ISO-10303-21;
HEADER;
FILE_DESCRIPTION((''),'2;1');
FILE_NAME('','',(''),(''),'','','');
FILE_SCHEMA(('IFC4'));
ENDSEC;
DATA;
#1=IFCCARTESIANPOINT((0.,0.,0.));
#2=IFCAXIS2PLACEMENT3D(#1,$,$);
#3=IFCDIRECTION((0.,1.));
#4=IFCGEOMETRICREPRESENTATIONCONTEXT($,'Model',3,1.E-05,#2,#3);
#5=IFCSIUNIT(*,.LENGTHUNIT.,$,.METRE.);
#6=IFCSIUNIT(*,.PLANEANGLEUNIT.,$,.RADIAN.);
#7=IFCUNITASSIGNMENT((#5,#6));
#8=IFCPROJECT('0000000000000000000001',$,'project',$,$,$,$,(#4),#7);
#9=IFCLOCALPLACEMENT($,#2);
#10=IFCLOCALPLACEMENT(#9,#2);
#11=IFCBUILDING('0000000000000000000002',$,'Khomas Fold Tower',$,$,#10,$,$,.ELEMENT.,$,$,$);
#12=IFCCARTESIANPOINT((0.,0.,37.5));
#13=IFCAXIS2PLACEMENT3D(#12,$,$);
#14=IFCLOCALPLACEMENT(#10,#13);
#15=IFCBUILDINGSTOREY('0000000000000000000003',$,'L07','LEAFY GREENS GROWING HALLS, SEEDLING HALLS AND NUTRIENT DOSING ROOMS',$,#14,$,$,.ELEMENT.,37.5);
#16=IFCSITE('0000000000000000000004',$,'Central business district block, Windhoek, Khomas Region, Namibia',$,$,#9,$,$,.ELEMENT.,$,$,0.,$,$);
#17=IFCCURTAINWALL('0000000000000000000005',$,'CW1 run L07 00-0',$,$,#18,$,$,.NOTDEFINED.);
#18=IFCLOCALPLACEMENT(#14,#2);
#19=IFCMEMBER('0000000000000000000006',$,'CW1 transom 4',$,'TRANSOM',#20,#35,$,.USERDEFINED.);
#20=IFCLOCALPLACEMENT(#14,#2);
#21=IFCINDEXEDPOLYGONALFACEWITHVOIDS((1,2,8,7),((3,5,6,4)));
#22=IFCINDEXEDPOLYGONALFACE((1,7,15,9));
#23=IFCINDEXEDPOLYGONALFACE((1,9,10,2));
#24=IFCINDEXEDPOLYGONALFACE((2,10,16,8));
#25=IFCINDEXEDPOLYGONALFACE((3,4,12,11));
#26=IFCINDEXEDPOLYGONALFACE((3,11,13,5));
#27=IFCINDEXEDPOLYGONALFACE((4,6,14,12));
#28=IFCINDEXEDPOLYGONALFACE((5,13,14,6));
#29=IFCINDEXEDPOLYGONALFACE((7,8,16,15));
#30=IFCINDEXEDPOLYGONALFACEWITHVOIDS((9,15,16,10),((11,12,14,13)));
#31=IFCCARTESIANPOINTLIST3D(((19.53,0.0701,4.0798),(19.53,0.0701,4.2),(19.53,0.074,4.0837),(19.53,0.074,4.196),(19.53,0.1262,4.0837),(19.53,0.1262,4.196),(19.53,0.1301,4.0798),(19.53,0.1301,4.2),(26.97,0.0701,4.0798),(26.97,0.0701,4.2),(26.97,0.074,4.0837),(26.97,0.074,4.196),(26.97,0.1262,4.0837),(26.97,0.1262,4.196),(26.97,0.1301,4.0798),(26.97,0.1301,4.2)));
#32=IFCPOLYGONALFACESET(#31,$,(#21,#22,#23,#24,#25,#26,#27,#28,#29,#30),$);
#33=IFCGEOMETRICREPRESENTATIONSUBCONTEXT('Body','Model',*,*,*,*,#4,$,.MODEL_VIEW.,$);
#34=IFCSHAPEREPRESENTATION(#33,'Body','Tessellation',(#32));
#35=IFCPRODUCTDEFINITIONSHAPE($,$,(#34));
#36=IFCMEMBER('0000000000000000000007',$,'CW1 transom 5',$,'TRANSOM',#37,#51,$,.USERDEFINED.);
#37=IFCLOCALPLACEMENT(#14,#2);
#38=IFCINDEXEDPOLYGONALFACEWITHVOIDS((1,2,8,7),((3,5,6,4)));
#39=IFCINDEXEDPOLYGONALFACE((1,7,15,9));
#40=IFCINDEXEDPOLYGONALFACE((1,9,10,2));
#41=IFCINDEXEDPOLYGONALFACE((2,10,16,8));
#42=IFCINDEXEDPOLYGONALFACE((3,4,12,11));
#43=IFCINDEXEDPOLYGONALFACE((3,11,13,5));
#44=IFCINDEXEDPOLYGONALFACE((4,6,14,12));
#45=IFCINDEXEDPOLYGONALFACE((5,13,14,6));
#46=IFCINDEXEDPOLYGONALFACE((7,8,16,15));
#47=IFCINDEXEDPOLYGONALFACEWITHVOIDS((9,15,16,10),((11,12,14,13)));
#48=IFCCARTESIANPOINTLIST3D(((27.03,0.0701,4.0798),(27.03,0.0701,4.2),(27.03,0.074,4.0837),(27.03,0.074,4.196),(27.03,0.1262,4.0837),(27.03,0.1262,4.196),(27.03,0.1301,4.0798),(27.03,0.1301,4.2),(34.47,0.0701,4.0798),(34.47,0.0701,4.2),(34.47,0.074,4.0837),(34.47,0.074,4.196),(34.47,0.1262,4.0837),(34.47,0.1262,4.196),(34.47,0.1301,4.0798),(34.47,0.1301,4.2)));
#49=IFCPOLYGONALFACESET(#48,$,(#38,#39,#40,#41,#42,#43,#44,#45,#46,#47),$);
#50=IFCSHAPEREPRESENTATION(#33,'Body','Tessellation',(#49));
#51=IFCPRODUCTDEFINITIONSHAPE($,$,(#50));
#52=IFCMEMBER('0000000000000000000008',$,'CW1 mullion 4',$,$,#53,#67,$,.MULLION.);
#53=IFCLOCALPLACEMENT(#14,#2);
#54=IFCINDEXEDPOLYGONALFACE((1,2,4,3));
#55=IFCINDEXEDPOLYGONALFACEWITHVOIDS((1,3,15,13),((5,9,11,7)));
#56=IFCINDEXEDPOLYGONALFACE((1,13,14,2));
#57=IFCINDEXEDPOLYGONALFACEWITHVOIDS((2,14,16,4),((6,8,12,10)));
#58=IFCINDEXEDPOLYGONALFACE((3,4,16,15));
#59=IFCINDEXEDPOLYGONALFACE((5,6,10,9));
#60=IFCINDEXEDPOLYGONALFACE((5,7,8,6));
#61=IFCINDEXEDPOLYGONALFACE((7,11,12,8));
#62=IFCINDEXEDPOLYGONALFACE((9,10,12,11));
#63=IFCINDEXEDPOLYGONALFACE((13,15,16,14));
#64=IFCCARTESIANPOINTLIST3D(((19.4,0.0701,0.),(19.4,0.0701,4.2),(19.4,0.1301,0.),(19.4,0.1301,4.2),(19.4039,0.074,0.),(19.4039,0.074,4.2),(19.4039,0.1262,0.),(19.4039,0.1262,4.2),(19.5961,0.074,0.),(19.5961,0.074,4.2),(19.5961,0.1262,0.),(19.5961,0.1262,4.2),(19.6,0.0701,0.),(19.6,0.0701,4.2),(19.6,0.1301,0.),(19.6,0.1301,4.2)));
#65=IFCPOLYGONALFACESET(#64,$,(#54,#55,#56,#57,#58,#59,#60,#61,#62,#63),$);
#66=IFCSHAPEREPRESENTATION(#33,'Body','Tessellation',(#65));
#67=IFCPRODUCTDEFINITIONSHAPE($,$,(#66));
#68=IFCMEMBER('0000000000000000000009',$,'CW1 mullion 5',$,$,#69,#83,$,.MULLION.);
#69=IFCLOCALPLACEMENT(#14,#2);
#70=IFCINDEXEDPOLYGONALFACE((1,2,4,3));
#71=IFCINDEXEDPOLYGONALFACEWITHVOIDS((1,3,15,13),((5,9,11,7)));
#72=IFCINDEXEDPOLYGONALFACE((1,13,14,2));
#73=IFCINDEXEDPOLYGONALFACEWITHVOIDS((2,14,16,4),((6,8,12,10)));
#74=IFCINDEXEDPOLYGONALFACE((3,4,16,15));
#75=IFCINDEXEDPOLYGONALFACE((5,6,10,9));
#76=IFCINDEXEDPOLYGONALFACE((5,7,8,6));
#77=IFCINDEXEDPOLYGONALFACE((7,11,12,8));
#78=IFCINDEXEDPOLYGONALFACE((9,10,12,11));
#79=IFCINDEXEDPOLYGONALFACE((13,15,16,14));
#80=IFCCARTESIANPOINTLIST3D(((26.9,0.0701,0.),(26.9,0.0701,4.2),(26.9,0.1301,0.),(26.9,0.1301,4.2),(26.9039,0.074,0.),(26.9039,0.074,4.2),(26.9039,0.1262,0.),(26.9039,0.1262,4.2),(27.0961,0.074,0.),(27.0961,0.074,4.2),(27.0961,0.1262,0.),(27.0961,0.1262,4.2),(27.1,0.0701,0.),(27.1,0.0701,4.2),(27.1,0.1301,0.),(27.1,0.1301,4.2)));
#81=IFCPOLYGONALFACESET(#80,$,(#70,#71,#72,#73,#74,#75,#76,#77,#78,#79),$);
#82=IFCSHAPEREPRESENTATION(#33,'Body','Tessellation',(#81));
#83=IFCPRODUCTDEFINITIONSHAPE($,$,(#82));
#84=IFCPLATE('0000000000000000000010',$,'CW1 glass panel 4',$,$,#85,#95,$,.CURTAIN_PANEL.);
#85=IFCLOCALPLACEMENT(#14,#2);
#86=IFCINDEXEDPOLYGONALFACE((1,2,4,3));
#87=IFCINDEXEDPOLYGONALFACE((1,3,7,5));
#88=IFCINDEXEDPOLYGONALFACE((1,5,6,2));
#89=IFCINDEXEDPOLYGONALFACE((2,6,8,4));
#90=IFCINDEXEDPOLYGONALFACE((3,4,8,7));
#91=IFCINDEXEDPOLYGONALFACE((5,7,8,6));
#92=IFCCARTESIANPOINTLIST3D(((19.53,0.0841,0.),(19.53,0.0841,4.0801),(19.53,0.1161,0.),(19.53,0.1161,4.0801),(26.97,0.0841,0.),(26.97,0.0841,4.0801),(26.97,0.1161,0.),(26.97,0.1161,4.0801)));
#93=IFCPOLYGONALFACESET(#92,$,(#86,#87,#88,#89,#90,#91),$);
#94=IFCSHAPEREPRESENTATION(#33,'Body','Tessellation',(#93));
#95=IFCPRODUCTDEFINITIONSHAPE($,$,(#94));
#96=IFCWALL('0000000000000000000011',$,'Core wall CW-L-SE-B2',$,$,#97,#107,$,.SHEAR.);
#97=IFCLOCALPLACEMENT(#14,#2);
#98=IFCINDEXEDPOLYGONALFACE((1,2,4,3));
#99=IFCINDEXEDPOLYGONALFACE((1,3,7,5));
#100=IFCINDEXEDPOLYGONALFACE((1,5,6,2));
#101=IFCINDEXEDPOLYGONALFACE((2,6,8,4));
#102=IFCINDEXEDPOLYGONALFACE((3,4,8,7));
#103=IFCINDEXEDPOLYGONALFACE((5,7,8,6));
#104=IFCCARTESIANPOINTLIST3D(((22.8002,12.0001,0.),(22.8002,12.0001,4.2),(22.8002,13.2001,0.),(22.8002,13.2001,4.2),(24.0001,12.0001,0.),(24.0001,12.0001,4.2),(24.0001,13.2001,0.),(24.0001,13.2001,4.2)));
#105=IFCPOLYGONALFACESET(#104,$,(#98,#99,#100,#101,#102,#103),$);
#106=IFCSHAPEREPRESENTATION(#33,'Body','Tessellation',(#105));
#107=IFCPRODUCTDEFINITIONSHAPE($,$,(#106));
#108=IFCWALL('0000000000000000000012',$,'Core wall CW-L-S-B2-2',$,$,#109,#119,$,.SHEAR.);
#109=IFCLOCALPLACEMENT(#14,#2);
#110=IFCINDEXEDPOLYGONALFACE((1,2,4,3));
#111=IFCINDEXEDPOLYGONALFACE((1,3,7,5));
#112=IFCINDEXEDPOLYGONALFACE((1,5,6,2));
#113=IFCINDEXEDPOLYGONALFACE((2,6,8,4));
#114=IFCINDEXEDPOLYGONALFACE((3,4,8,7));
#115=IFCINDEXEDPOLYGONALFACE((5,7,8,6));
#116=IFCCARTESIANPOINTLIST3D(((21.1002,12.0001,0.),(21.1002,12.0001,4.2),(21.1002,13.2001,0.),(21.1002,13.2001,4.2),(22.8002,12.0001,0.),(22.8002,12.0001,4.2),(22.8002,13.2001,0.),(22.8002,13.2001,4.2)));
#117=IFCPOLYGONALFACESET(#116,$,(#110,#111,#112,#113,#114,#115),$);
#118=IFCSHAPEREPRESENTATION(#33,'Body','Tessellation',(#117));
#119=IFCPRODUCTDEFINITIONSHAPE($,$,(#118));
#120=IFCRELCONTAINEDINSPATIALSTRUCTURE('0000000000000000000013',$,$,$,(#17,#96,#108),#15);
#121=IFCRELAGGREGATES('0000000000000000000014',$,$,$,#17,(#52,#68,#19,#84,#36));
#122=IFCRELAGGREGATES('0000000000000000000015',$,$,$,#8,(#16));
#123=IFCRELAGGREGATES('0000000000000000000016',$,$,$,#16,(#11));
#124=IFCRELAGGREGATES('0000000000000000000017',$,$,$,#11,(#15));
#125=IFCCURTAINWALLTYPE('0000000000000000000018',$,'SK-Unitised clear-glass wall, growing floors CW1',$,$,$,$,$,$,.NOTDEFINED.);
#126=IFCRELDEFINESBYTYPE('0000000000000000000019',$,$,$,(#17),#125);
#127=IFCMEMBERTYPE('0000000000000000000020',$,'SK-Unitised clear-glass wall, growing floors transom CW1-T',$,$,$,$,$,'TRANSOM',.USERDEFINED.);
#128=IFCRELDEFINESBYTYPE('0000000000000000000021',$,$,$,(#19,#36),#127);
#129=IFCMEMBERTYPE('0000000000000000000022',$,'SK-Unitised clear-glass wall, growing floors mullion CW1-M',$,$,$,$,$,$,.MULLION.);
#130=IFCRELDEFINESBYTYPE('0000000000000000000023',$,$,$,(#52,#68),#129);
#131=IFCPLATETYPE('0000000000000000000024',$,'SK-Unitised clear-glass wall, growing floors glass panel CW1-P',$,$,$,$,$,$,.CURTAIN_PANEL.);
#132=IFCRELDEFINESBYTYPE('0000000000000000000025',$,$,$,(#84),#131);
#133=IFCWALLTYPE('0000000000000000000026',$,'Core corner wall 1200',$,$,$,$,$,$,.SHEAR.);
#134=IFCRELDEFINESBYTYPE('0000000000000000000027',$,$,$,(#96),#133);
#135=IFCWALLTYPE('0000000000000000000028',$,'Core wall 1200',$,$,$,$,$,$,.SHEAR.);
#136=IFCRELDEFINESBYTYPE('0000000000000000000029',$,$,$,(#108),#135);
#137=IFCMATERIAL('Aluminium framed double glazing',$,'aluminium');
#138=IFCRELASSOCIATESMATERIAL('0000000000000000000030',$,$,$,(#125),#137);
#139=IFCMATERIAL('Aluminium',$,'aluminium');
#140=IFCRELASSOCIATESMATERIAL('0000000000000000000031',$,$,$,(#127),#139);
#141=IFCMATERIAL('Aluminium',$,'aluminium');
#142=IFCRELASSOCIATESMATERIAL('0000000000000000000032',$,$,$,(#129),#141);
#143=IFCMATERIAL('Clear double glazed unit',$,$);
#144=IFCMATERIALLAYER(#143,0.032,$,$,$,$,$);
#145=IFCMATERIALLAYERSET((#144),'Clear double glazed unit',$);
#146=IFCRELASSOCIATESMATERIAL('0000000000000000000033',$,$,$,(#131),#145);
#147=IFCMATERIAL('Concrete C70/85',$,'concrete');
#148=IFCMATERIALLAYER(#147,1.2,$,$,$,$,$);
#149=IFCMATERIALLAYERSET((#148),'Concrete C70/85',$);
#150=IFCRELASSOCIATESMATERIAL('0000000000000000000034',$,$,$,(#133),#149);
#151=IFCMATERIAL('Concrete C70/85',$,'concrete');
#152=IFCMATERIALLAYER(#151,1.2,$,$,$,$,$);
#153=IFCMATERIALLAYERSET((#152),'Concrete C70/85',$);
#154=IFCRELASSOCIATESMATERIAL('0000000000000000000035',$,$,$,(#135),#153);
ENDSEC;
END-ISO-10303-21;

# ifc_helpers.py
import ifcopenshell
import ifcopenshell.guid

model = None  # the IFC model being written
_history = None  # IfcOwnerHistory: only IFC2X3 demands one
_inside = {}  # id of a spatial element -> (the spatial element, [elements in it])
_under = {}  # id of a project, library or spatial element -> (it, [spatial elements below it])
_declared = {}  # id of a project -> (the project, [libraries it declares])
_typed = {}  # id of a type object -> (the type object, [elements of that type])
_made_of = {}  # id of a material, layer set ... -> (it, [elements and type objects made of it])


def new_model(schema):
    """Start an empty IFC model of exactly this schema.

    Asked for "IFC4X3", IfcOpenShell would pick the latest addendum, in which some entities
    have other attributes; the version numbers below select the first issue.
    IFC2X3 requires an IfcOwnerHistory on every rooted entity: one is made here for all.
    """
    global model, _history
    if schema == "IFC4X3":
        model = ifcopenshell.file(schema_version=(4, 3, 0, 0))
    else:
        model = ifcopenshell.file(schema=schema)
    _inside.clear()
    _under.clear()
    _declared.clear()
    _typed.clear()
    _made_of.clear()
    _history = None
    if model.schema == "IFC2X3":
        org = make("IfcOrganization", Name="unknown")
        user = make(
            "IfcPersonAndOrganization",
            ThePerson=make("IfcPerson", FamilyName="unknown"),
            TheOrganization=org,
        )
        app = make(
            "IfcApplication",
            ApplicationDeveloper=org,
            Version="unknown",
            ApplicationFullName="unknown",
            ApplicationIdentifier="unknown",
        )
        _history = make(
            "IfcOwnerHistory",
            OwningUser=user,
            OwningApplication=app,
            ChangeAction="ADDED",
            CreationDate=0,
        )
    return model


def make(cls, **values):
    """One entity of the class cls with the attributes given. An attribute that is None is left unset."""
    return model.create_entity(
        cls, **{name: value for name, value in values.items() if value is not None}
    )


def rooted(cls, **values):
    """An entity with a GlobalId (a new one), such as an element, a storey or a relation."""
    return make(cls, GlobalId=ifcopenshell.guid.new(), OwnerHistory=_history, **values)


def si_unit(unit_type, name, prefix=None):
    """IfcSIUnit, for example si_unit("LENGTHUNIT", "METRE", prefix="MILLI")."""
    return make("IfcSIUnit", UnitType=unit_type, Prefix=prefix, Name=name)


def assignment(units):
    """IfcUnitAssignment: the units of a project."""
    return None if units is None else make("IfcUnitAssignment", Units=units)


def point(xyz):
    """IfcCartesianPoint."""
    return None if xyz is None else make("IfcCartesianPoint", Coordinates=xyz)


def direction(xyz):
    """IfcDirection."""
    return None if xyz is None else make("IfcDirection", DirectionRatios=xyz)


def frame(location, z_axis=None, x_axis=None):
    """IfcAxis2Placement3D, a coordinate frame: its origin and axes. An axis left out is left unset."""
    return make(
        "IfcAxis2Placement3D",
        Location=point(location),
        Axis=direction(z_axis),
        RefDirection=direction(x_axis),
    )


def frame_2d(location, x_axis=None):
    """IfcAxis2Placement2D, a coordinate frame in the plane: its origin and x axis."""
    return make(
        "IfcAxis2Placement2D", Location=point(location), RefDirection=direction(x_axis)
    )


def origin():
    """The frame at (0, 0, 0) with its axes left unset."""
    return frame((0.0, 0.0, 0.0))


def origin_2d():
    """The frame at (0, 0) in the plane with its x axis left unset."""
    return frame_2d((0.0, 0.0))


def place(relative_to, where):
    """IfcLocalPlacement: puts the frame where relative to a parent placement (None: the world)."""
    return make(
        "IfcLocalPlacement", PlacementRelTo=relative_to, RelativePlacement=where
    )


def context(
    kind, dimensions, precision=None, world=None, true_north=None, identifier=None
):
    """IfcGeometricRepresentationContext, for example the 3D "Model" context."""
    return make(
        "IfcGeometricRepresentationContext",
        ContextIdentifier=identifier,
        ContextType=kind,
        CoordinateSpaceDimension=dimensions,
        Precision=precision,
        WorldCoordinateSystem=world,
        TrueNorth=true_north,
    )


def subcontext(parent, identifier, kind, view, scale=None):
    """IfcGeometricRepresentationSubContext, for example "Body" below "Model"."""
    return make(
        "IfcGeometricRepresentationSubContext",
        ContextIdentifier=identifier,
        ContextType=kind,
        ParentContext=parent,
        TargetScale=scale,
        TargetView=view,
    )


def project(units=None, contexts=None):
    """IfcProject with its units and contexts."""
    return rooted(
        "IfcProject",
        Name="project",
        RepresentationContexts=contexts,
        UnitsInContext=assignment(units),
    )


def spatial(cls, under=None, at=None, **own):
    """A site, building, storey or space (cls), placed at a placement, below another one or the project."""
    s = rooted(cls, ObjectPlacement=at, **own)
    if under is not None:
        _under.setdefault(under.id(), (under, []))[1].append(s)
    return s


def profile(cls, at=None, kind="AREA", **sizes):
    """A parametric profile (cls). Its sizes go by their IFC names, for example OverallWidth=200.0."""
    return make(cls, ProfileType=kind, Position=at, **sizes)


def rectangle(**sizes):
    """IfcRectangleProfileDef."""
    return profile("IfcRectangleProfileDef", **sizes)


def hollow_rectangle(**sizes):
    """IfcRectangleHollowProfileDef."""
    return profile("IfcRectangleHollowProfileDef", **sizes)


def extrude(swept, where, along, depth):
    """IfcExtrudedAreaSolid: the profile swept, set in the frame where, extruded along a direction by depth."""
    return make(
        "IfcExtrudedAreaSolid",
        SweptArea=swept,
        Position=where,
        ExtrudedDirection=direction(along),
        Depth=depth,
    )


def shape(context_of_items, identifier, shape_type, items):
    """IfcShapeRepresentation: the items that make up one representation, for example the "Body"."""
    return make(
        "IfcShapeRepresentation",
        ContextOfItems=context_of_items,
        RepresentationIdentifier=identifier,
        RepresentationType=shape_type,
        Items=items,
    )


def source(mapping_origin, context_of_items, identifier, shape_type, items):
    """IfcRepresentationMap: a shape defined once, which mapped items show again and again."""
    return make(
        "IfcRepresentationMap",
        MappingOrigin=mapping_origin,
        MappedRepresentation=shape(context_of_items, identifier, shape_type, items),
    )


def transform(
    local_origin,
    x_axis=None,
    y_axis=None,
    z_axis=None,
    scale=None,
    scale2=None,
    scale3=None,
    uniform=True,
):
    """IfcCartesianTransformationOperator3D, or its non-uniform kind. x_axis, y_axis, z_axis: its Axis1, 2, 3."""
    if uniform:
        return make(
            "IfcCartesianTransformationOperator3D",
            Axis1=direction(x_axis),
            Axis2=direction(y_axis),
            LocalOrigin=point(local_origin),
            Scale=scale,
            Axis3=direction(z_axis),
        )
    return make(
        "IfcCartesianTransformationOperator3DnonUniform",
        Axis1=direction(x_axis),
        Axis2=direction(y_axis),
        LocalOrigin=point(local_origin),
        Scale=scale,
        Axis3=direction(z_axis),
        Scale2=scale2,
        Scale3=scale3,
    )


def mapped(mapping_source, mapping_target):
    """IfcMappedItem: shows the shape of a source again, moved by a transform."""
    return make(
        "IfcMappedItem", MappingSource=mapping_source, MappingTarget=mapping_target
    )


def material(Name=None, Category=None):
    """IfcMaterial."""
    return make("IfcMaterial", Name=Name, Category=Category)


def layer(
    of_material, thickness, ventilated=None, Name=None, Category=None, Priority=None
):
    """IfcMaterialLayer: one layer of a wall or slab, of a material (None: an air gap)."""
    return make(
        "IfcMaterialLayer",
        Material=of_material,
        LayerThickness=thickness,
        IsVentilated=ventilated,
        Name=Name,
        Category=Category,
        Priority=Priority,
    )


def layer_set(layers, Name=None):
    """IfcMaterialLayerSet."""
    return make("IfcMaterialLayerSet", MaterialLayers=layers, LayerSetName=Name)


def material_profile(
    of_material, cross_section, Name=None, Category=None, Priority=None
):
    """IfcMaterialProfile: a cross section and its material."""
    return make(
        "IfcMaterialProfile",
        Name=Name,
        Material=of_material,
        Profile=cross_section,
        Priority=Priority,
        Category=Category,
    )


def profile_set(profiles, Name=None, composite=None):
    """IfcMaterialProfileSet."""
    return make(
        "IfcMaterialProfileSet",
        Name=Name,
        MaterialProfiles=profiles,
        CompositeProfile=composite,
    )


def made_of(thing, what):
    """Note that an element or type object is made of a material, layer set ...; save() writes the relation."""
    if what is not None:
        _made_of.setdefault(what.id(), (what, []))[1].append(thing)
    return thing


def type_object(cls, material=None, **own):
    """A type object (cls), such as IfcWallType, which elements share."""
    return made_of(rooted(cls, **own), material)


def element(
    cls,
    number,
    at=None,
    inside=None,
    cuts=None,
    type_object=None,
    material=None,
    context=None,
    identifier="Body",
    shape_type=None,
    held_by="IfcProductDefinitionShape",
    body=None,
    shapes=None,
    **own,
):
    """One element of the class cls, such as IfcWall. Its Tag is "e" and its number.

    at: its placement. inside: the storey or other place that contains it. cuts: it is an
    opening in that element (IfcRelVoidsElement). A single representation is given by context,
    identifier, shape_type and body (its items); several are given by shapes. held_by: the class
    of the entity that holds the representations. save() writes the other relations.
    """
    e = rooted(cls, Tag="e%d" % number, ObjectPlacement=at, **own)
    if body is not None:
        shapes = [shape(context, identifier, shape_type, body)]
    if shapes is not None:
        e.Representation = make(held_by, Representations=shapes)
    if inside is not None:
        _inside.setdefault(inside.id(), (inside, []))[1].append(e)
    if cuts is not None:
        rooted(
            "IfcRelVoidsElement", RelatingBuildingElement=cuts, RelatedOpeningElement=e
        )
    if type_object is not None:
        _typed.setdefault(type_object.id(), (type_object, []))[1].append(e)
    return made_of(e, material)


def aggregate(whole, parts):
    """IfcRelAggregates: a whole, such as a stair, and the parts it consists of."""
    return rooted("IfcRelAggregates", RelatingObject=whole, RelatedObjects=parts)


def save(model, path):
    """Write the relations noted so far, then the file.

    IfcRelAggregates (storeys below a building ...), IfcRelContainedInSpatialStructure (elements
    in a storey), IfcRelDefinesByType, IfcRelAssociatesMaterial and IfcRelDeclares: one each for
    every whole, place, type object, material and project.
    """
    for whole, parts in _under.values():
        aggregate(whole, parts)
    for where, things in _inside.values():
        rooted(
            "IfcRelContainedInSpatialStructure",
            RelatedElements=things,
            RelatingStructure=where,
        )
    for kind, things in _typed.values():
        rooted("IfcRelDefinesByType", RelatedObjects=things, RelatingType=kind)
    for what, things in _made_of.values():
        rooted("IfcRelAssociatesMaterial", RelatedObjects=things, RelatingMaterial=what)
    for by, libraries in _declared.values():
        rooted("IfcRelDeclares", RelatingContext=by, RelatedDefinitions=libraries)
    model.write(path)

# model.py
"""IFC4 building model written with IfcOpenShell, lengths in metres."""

from ifc_helpers import new_model, si_unit, direction, frame, frame_2d, origin, origin_2d, place, context, subcontext, project, spatial, rectangle, hollow_rectangle, extrude, source, transform, mapped, material, layer, layer_set, material_profile, profile_set, type_object, element, aggregate, save


model = new_model("IFC4")

# Units and contexts
model_context = context("Model", 3, precision=1e-05, world=origin(), true_north=direction((0.0, 1.0)))
body_context = subcontext(model_context, "Body", "Model", "MODEL_VIEW")
ifc_project = project(units=[si_unit("LENGTHUNIT", "METRE"), si_unit("PLANEANGLEUNIT", "RADIAN")], contexts=[model_context])

# Site, building, storey
site_placement = place(None, origin())
site = spatial("IfcSite", under=ifc_project, at=site_placement, Name="Central business district block, Windhoek, Khomas Region, Namibia", CompositionType="ELEMENT", RefElevation=0.0)
building_placement = place(site_placement, origin())
building = spatial("IfcBuilding", under=site, at=building_placement, Name="Khomas Fold Tower", CompositionType="ELEMENT")
storey_placement = place(building_placement, frame((0.0, 0.0, 37.5)))
storey = spatial("IfcBuildingStorey", under=building, at=storey_placement, Name="L07", Description="LEAFY GREENS GROWING HALLS, SEEDLING HALLS AND NUTRIENT DOSING ROOMS", CompositionType="ELEMENT", Elevation=37.5)

# Curtain wall, members, plate
ifc_material_1 = material(Name="Aluminium framed double glazing", Category="aluminium")
curtain_wall_type = type_object("IfcCurtainWallType", Name="SK-Unitised clear-glass wall, growing floors CW1", PredefinedType="NOTDEFINED", material=ifc_material_1)
curtain_wall_placement = place(storey_placement, origin())
curtain_wall = element("IfcCurtainWall", 1, at=curtain_wall_placement, inside=storey, type_object=curtain_wall_type, Name="CW1 run L07 00-0", PredefinedType="NOTDEFINED")
ifc_material_2 = material(Name="Aluminium", Category="aluminium")
ifc_material_profile_1 = material_profile(ifc_material_2, hollow_rectangle(XDim=0.0601, YDim=0.1201, WallThickness=0.0039, at=origin_2d()), Name="SK-Unitised clear-glass wall, growing floors transom CW1-T")
ifc_profile_set_1 = profile_set([ifc_material_profile_1], Name="Aluminium")
member_type_1 = type_object("IfcMemberType", Name="SK-Unitised clear-glass wall, growing floors transom CW1-T", ElementType="TRANSOM", PredefinedType="USERDEFINED", material=ifc_profile_set_1)
shared_shape_1 = source(origin(), body_context, "Body", "SweptSolid", [
    extrude(hollow_rectangle(XDim=0.0601, YDim=0.1201, WallThickness=0.0039, at=origin_2d()), origin(), (0.0, 0.0, 1.0), 7.4399),
])
member_1_placement = place(storey_placement, frame((19.53, 0.1001, 4.1399), z_axis=(1.0, 0.0, 0.0), x_axis=(0.0, 1.0, 0.0)))
member_1 = element("IfcMember", 2, at=member_1_placement, type_object=member_type_1, Name="CW1 transom 4", ObjectType="TRANSOM", PredefinedType="USERDEFINED", context=body_context, shape_type="MappedRepresentation", body=[
    mapped(shared_shape_1, transform((0.0, 0.0, 0.0))),
])
member_2_placement = place(storey_placement, frame((27.03, 0.1001, 4.1399), z_axis=(1.0, 0.0, 0.0), x_axis=(0.0, 1.0, 0.0)))
member_2 = element("IfcMember", 3, at=member_2_placement, type_object=member_type_1, Name="CW1 transom 5", ObjectType="TRANSOM", PredefinedType="USERDEFINED", context=body_context, shape_type="MappedRepresentation", body=[
    mapped(shared_shape_1, transform((0.0, 0.0, 0.0))),
])
ifc_material_3 = material(Name="Aluminium", Category="aluminium")
ifc_material_profile_2 = material_profile(ifc_material_3, hollow_rectangle(XDim=0.0601, YDim=0.2, WallThickness=0.0039, at=origin_2d()), Name="SK-Unitised clear-glass wall, growing floors mullion CW1-M")
ifc_profile_set_2 = profile_set([ifc_material_profile_2], Name="Aluminium")
member_type_2 = type_object("IfcMemberType", Name="SK-Unitised clear-glass wall, growing floors mullion CW1-M", PredefinedType="MULLION", material=ifc_profile_set_2)
shared_shape_2 = source(origin(), body_context, "Body", "SweptSolid", [
    extrude(hollow_rectangle(XDim=0.0601, YDim=0.2, WallThickness=0.0039, at=origin_2d()), origin(), (0.0, 0.0, 1.0), 4.2),
])
member_3_placement = place(storey_placement, frame((19.5, 0.1001, 0.0), z_axis=(0.0, 0.0, 1.0), x_axis=(0.0, 1.0, 0.0)))
member_3 = element("IfcMember", 4, at=member_3_placement, type_object=member_type_2, Name="CW1 mullion 4", PredefinedType="MULLION", context=body_context, shape_type="MappedRepresentation", body=[
    mapped(shared_shape_2, transform((0.0, 0.0, 0.0))),
])
member_4_placement = place(storey_placement, frame((27.0, 0.1001, 0.0), z_axis=(0.0, 0.0, 1.0), x_axis=(0.0, 1.0, 0.0)))
member_4 = element("IfcMember", 5, at=member_4_placement, type_object=member_type_2, Name="CW1 mullion 5", PredefinedType="MULLION", context=body_context, shape_type="MappedRepresentation", body=[
    mapped(shared_shape_2, transform((0.0, 0.0, 0.0))),
])
ifc_material_4 = material(Name="Clear double glazed unit")
ifc_layer_1 = layer(ifc_material_4, 0.032)
ifc_layer_set_1 = layer_set([ifc_layer_1], Name="Clear double glazed unit")
plate_type = type_object("IfcPlateType", Name="SK-Unitised clear-glass wall, growing floors glass panel CW1-P", PredefinedType="CURTAIN_PANEL", material=ifc_layer_set_1)
shared_shape_3 = source(origin(), body_context, "Body", "SweptSolid", [
    extrude(rectangle(XDim=7.4399, YDim=0.032, at=origin_2d()), origin(), (0.0, 0.0, 1.0), 4.0801),
])
plate_placement = place(storey_placement, frame((23.25, 0.1001, 0.0), z_axis=(0.0, 0.0, 1.0), x_axis=(1.0, 0.0, 0.0)))
plate = element("IfcPlate", 6, at=plate_placement, type_object=plate_type, Name="CW1 glass panel 4", PredefinedType="CURTAIN_PANEL", context=body_context, shape_type="MappedRepresentation", body=[
    mapped(shared_shape_3, transform((0.0, 0.0, 0.0))),
])
aggregate(curtain_wall, [member_3, member_4, member_1, plate, member_2])

# Walls
ifc_material_5 = material(Name="Concrete C70/85", Category="concrete")
ifc_layer_2 = layer(ifc_material_5, 1.2)
ifc_layer_set_2 = layer_set([ifc_layer_2], Name="Concrete C70/85")
wall_type_1 = type_object("IfcWallType", Name="Core corner wall 1200", PredefinedType="SHEAR", material=ifc_layer_set_2)
shared_shape_4 = source(origin(), body_context, "Body", "SweptSolid", [
    extrude(rectangle(XDim=1.2, YDim=1.2, at=frame_2d((0.6001, 0.0))), origin(), (0.0, 0.0, 1.0), 4.2),
])
wall_1_placement = place(storey_placement, frame((22.8, 12.6001, 0.0), z_axis=(0.0, 0.0, 1.0), x_axis=(1.0, 0.0, 0.0)))
element("IfcWall", 7, at=wall_1_placement, inside=storey, type_object=wall_type_1, Name="Core wall CW-L-SE-B2", PredefinedType="SHEAR", context=body_context, shape_type="MappedRepresentation", body=[
    mapped(shared_shape_4, transform((0.0, 0.0, 0.0))),
])
ifc_material_6 = material(Name="Concrete C70/85", Category="concrete")
ifc_layer_3 = layer(ifc_material_6, 1.2)
ifc_layer_set_3 = layer_set([ifc_layer_3], Name="Concrete C70/85")
wall_type_2 = type_object("IfcWallType", Name="Core wall 1200", PredefinedType="SHEAR", material=ifc_layer_set_3)
shared_shape_5 = source(origin(), body_context, "Body", "SweptSolid", [
    extrude(rectangle(XDim=1.7, YDim=1.2, at=frame_2d((0.8501, 0.0))), origin(), (0.0, 0.0, 1.0), 4.2),
])
wall_2_placement = place(storey_placement, frame((21.1001, 12.6001, 0.0), z_axis=(0.0, 0.0, 1.0), x_axis=(1.0, 0.0, 0.0)))
element("IfcWall", 8, at=wall_2_placement, inside=storey, type_object=wall_type_2, Name="Core wall CW-L-S-B2-2", PredefinedType="SHEAR", context=body_context, shape_type="MappedRepresentation", body=[
    mapped(shared_shape_5, transform((0.0, 0.0, 0.0))),
])

save(model, "model.ifc")
